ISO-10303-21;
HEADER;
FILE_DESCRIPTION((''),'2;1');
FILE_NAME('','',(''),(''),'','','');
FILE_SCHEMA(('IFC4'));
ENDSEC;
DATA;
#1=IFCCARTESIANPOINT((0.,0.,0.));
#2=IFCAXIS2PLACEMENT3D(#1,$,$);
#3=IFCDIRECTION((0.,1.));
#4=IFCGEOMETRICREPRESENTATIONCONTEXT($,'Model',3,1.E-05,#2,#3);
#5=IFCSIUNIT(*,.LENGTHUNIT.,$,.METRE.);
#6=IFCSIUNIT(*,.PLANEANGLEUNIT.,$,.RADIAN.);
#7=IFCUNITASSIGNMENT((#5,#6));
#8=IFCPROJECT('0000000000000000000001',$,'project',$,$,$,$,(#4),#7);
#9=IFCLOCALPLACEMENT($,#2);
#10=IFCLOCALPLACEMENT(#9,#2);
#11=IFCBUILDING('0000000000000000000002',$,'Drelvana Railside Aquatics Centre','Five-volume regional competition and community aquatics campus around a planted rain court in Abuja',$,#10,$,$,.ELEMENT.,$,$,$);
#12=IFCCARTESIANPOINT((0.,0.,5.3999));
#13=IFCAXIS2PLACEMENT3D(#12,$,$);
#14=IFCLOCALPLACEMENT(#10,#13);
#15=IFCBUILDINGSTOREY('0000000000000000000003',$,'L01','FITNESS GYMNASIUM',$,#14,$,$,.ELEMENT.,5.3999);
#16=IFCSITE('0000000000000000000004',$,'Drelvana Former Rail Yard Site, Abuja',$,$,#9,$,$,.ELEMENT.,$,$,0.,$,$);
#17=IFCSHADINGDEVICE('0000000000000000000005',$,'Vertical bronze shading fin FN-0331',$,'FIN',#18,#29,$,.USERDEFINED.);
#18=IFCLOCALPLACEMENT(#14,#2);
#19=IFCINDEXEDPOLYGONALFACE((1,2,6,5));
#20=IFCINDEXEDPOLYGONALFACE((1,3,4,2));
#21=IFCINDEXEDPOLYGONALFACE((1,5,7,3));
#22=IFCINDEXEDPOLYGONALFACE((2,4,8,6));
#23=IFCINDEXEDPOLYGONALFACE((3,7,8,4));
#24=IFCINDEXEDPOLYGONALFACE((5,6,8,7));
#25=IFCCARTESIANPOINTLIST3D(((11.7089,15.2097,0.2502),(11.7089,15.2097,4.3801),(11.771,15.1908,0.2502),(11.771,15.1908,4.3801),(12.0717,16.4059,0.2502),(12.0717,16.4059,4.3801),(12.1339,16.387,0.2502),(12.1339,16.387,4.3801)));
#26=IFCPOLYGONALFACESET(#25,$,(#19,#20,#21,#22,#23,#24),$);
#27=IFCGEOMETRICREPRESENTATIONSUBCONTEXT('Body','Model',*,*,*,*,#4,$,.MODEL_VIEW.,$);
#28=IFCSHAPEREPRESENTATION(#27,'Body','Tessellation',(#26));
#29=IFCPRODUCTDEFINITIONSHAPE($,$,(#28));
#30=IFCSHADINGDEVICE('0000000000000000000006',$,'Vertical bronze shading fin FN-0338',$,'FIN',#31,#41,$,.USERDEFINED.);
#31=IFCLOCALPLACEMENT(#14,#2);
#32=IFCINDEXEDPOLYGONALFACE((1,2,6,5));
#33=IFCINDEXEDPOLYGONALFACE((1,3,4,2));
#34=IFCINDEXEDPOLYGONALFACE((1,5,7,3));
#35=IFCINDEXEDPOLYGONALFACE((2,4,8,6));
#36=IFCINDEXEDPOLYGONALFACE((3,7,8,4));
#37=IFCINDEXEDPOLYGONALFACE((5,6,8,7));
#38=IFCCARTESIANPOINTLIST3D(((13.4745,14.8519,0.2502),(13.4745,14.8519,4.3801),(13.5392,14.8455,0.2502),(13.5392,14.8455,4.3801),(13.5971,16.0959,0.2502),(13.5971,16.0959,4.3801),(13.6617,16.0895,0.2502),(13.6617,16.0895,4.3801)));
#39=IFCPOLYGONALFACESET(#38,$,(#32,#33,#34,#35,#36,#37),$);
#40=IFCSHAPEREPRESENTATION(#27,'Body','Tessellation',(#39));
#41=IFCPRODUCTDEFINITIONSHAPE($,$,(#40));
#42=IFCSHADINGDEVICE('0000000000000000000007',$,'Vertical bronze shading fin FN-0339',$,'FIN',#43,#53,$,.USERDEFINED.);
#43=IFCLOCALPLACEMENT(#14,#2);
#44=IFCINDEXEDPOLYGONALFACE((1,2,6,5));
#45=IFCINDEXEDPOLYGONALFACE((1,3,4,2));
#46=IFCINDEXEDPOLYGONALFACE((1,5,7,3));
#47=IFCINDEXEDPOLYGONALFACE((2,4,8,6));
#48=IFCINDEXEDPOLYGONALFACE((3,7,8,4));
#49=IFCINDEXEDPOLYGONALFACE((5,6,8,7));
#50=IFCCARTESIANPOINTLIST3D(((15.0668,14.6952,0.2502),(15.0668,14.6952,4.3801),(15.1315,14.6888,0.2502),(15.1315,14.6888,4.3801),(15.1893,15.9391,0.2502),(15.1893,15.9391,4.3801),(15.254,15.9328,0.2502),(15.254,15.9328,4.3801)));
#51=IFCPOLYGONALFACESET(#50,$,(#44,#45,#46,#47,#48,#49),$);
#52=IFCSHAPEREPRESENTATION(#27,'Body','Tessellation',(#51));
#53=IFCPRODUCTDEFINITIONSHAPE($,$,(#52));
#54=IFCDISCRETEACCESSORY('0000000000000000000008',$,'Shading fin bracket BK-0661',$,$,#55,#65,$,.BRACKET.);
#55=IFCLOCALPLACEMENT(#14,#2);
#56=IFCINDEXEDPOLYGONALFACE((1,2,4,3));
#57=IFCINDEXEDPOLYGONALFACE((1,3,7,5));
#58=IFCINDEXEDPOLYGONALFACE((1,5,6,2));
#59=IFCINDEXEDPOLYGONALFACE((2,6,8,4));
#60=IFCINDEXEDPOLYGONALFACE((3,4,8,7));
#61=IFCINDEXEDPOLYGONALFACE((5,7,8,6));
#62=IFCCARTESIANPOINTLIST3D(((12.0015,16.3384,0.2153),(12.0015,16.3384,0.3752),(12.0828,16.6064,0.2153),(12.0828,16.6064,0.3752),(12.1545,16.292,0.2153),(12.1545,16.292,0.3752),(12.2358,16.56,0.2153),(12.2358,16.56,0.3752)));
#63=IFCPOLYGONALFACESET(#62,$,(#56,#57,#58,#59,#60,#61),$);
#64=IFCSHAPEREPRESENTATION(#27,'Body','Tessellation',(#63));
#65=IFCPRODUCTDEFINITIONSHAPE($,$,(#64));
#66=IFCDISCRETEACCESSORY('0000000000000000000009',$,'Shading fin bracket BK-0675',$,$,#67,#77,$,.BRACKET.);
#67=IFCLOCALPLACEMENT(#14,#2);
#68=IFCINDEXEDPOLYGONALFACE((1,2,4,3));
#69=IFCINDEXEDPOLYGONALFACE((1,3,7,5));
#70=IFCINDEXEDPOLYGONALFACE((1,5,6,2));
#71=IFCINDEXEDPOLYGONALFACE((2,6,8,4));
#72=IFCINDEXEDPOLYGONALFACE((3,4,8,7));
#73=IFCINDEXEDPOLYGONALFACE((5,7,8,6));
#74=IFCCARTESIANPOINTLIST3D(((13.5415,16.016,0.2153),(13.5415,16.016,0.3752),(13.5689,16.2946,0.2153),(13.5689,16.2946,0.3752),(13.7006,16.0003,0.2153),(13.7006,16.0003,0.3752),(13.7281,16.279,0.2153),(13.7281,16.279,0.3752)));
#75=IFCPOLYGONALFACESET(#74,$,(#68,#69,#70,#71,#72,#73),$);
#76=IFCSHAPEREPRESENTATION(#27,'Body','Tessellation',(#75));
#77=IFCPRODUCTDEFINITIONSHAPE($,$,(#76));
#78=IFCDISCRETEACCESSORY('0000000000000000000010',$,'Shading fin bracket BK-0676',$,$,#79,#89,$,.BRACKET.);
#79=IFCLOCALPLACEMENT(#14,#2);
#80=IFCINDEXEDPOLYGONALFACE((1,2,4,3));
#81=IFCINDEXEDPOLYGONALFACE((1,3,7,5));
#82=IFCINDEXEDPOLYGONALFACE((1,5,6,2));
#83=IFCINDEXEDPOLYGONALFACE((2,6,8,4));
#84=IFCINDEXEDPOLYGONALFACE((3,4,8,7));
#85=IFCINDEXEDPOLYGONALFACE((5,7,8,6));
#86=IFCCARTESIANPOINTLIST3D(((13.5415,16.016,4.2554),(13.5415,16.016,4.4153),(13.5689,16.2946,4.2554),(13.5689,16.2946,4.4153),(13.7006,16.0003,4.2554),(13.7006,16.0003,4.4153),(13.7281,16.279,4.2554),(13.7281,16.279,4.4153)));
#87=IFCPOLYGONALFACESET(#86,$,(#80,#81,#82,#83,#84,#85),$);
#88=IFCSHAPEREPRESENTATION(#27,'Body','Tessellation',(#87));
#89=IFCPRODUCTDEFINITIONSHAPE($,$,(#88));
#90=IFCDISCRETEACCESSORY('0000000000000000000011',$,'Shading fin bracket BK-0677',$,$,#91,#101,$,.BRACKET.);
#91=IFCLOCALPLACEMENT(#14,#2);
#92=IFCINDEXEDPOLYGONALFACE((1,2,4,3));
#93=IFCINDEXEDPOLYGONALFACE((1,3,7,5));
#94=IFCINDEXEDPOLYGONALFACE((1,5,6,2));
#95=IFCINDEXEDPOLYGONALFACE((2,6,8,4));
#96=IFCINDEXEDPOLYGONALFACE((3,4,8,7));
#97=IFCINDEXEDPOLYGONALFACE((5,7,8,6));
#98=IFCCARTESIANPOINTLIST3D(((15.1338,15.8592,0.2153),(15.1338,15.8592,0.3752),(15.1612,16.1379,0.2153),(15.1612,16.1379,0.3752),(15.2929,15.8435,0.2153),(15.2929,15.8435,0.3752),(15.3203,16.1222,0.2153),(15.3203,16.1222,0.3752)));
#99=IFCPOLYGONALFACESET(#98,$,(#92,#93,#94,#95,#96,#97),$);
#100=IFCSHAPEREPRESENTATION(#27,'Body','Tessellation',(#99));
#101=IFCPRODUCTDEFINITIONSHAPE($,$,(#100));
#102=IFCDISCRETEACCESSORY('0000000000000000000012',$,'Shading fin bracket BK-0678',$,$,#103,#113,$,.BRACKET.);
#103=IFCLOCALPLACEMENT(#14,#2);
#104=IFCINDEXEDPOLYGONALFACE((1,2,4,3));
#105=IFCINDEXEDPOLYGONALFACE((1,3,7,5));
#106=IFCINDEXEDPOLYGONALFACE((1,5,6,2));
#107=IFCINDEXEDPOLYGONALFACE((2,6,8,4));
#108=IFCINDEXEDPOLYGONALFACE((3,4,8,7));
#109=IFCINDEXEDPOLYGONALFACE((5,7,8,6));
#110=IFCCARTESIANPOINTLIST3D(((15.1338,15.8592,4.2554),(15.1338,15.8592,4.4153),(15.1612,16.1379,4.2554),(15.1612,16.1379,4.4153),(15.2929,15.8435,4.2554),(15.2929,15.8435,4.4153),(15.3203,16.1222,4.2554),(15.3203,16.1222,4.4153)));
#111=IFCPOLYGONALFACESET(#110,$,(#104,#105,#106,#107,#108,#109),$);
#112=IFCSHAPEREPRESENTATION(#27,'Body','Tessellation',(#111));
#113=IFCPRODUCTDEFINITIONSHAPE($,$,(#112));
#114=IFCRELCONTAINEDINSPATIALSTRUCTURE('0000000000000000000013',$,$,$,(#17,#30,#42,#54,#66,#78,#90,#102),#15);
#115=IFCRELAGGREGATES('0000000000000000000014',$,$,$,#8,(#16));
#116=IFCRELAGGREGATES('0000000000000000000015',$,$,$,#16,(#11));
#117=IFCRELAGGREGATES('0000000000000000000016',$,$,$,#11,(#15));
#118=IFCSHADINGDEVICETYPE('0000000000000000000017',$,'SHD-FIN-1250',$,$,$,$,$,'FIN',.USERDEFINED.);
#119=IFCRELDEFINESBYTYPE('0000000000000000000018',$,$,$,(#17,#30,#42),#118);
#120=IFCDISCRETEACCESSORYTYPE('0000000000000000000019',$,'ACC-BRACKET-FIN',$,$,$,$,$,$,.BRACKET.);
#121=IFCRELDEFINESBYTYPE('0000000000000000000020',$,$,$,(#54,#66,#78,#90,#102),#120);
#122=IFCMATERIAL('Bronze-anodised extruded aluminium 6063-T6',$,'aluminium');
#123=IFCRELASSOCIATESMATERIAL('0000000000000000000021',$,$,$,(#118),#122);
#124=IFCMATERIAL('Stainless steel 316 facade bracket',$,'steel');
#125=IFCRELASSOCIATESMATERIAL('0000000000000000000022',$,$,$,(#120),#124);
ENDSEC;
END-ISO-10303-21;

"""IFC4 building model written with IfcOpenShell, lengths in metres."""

from ifc_helpers import new_model, si_unit, direction, frame, origin, origin_2d, place, context, subcontext, project, spatial, rectangle, extrude, material, type_object, element, save


model = new_model("IFC4")

# Units and contexts
model_context = context("Model", 3, precision=1e-05, world=origin(), true_north=direction((0.0, 1.0)))
body_context = subcontext(model_context, "Body", "Model", "MODEL_VIEW")
ifc_project = project(units=[si_unit("LENGTHUNIT", "METRE"), si_unit("PLANEANGLEUNIT", "RADIAN")], contexts=[model_context])

# Site, building, storey
site_placement = place(None, origin())
site = spatial("IfcSite", under=ifc_project, at=site_placement, Name="Drelvana Former Rail Yard Site, Abuja", CompositionType="ELEMENT", RefElevation=0.0)
building_placement = place(site_placement, origin())
building = spatial("IfcBuilding", under=site, at=building_placement, Name="Drelvana Railside Aquatics Centre", Description="Five-volume regional competition and community aquatics campus around a planted rain court in Abuja", CompositionType="ELEMENT")
storey_placement = place(building_placement, frame((0.0, 0.0, 5.3999)))
storey = spatial("IfcBuildingStorey", under=building, at=storey_placement, Name="L01", Description="FITNESS GYMNASIUM", CompositionType="ELEMENT", Elevation=5.3999)

# Shared definitions
ifc_material_1 = material(Name="Bronze-anodised extruded aluminium 6063-T6", Category="aluminium")

# Shading devices
shading_device_type = type_object("IfcShadingDeviceType", Name="SHD-FIN-1250", ElementType="FIN", PredefinedType="USERDEFINED", material=ifc_material_1)
for number, where, z_axis, x_axis, name in (
    (1, (11.9214, 15.7983, 0.2502), (0.0, 0.0, 1.0), (-0.290285, -0.95694, 0.0), "Vertical bronze shading fin FN-0331"),
    (2, (13.5681, 15.4707, 0.2502), (0.0, 0.0, 1.0), (-0.098017, -0.995185, 0.0), "Vertical bronze shading fin FN-0338"),
    (3, (15.1604, 15.314, 0.2502), (0.0, 0.0, 1.0), (-0.098017, -0.995185, 0.0), "Vertical bronze shading fin FN-0339"),
):
    element("IfcShadingDevice", number, at=place(storey_placement, frame(where, z_axis=z_axis, x_axis=x_axis)), inside=storey, type_object=shading_device_type, Name=name, ObjectType="FIN", PredefinedType="USERDEFINED", context=body_context, shape_type="SweptSolid", body=[
        extrude(rectangle(XDim=1.25, YDim=0.0649, at=origin_2d()), origin(), (0.0, 0.0, 1.0), 4.1299),
    ])

# Discrete accessories
ifc_material_2 = material(Name="Stainless steel 316 facade bracket", Category="steel")
discrete_accessory_type = type_object("IfcDiscreteAccessoryType", Name="ACC-BRACKET-FIN", PredefinedType="BRACKET", material=ifc_material_2)
for number, where, z_axis, x_axis, name in (
    (4, (12.1187, 16.4492, 0.2153), (0.0, 0.0, 1.0), (-0.290285, -0.95694, 0.0), "Shading fin bracket BK-0661"),
    (5, (13.6348, 16.1475, 0.2153), (0.0, 0.0, 1.0), (-0.098017, -0.995185, 0.0), "Shading fin bracket BK-0675"),
    (6, (13.6348, 16.1475, 4.2554), (0.0, 0.0, 1.0), (-0.098017, -0.995185, 0.0), "Shading fin bracket BK-0676"),
    (7, (15.2271, 15.9907, 0.2153), (0.0, 0.0, 1.0), (-0.098017, -0.995185, 0.0), "Shading fin bracket BK-0677"),
    (8, (15.2271, 15.9907, 4.2554), (0.0, 0.0, 1.0), (-0.098017, -0.995185, 0.0), "Shading fin bracket BK-0678"),
):
    element("IfcDiscreteAccessory", number, at=place(storey_placement, frame(where, z_axis=z_axis, x_axis=x_axis)), inside=storey, type_object=discrete_accessory_type, Name=name, PredefinedType="BRACKET", context=body_context, shape_type="SweptSolid", body=[
        extrude(rectangle(XDim=0.28, YDim=0.1599, at=origin_2d()), origin(), (0.0, 0.0, 1.0), 0.1599),
    ])

save(model, "model.ifc")
